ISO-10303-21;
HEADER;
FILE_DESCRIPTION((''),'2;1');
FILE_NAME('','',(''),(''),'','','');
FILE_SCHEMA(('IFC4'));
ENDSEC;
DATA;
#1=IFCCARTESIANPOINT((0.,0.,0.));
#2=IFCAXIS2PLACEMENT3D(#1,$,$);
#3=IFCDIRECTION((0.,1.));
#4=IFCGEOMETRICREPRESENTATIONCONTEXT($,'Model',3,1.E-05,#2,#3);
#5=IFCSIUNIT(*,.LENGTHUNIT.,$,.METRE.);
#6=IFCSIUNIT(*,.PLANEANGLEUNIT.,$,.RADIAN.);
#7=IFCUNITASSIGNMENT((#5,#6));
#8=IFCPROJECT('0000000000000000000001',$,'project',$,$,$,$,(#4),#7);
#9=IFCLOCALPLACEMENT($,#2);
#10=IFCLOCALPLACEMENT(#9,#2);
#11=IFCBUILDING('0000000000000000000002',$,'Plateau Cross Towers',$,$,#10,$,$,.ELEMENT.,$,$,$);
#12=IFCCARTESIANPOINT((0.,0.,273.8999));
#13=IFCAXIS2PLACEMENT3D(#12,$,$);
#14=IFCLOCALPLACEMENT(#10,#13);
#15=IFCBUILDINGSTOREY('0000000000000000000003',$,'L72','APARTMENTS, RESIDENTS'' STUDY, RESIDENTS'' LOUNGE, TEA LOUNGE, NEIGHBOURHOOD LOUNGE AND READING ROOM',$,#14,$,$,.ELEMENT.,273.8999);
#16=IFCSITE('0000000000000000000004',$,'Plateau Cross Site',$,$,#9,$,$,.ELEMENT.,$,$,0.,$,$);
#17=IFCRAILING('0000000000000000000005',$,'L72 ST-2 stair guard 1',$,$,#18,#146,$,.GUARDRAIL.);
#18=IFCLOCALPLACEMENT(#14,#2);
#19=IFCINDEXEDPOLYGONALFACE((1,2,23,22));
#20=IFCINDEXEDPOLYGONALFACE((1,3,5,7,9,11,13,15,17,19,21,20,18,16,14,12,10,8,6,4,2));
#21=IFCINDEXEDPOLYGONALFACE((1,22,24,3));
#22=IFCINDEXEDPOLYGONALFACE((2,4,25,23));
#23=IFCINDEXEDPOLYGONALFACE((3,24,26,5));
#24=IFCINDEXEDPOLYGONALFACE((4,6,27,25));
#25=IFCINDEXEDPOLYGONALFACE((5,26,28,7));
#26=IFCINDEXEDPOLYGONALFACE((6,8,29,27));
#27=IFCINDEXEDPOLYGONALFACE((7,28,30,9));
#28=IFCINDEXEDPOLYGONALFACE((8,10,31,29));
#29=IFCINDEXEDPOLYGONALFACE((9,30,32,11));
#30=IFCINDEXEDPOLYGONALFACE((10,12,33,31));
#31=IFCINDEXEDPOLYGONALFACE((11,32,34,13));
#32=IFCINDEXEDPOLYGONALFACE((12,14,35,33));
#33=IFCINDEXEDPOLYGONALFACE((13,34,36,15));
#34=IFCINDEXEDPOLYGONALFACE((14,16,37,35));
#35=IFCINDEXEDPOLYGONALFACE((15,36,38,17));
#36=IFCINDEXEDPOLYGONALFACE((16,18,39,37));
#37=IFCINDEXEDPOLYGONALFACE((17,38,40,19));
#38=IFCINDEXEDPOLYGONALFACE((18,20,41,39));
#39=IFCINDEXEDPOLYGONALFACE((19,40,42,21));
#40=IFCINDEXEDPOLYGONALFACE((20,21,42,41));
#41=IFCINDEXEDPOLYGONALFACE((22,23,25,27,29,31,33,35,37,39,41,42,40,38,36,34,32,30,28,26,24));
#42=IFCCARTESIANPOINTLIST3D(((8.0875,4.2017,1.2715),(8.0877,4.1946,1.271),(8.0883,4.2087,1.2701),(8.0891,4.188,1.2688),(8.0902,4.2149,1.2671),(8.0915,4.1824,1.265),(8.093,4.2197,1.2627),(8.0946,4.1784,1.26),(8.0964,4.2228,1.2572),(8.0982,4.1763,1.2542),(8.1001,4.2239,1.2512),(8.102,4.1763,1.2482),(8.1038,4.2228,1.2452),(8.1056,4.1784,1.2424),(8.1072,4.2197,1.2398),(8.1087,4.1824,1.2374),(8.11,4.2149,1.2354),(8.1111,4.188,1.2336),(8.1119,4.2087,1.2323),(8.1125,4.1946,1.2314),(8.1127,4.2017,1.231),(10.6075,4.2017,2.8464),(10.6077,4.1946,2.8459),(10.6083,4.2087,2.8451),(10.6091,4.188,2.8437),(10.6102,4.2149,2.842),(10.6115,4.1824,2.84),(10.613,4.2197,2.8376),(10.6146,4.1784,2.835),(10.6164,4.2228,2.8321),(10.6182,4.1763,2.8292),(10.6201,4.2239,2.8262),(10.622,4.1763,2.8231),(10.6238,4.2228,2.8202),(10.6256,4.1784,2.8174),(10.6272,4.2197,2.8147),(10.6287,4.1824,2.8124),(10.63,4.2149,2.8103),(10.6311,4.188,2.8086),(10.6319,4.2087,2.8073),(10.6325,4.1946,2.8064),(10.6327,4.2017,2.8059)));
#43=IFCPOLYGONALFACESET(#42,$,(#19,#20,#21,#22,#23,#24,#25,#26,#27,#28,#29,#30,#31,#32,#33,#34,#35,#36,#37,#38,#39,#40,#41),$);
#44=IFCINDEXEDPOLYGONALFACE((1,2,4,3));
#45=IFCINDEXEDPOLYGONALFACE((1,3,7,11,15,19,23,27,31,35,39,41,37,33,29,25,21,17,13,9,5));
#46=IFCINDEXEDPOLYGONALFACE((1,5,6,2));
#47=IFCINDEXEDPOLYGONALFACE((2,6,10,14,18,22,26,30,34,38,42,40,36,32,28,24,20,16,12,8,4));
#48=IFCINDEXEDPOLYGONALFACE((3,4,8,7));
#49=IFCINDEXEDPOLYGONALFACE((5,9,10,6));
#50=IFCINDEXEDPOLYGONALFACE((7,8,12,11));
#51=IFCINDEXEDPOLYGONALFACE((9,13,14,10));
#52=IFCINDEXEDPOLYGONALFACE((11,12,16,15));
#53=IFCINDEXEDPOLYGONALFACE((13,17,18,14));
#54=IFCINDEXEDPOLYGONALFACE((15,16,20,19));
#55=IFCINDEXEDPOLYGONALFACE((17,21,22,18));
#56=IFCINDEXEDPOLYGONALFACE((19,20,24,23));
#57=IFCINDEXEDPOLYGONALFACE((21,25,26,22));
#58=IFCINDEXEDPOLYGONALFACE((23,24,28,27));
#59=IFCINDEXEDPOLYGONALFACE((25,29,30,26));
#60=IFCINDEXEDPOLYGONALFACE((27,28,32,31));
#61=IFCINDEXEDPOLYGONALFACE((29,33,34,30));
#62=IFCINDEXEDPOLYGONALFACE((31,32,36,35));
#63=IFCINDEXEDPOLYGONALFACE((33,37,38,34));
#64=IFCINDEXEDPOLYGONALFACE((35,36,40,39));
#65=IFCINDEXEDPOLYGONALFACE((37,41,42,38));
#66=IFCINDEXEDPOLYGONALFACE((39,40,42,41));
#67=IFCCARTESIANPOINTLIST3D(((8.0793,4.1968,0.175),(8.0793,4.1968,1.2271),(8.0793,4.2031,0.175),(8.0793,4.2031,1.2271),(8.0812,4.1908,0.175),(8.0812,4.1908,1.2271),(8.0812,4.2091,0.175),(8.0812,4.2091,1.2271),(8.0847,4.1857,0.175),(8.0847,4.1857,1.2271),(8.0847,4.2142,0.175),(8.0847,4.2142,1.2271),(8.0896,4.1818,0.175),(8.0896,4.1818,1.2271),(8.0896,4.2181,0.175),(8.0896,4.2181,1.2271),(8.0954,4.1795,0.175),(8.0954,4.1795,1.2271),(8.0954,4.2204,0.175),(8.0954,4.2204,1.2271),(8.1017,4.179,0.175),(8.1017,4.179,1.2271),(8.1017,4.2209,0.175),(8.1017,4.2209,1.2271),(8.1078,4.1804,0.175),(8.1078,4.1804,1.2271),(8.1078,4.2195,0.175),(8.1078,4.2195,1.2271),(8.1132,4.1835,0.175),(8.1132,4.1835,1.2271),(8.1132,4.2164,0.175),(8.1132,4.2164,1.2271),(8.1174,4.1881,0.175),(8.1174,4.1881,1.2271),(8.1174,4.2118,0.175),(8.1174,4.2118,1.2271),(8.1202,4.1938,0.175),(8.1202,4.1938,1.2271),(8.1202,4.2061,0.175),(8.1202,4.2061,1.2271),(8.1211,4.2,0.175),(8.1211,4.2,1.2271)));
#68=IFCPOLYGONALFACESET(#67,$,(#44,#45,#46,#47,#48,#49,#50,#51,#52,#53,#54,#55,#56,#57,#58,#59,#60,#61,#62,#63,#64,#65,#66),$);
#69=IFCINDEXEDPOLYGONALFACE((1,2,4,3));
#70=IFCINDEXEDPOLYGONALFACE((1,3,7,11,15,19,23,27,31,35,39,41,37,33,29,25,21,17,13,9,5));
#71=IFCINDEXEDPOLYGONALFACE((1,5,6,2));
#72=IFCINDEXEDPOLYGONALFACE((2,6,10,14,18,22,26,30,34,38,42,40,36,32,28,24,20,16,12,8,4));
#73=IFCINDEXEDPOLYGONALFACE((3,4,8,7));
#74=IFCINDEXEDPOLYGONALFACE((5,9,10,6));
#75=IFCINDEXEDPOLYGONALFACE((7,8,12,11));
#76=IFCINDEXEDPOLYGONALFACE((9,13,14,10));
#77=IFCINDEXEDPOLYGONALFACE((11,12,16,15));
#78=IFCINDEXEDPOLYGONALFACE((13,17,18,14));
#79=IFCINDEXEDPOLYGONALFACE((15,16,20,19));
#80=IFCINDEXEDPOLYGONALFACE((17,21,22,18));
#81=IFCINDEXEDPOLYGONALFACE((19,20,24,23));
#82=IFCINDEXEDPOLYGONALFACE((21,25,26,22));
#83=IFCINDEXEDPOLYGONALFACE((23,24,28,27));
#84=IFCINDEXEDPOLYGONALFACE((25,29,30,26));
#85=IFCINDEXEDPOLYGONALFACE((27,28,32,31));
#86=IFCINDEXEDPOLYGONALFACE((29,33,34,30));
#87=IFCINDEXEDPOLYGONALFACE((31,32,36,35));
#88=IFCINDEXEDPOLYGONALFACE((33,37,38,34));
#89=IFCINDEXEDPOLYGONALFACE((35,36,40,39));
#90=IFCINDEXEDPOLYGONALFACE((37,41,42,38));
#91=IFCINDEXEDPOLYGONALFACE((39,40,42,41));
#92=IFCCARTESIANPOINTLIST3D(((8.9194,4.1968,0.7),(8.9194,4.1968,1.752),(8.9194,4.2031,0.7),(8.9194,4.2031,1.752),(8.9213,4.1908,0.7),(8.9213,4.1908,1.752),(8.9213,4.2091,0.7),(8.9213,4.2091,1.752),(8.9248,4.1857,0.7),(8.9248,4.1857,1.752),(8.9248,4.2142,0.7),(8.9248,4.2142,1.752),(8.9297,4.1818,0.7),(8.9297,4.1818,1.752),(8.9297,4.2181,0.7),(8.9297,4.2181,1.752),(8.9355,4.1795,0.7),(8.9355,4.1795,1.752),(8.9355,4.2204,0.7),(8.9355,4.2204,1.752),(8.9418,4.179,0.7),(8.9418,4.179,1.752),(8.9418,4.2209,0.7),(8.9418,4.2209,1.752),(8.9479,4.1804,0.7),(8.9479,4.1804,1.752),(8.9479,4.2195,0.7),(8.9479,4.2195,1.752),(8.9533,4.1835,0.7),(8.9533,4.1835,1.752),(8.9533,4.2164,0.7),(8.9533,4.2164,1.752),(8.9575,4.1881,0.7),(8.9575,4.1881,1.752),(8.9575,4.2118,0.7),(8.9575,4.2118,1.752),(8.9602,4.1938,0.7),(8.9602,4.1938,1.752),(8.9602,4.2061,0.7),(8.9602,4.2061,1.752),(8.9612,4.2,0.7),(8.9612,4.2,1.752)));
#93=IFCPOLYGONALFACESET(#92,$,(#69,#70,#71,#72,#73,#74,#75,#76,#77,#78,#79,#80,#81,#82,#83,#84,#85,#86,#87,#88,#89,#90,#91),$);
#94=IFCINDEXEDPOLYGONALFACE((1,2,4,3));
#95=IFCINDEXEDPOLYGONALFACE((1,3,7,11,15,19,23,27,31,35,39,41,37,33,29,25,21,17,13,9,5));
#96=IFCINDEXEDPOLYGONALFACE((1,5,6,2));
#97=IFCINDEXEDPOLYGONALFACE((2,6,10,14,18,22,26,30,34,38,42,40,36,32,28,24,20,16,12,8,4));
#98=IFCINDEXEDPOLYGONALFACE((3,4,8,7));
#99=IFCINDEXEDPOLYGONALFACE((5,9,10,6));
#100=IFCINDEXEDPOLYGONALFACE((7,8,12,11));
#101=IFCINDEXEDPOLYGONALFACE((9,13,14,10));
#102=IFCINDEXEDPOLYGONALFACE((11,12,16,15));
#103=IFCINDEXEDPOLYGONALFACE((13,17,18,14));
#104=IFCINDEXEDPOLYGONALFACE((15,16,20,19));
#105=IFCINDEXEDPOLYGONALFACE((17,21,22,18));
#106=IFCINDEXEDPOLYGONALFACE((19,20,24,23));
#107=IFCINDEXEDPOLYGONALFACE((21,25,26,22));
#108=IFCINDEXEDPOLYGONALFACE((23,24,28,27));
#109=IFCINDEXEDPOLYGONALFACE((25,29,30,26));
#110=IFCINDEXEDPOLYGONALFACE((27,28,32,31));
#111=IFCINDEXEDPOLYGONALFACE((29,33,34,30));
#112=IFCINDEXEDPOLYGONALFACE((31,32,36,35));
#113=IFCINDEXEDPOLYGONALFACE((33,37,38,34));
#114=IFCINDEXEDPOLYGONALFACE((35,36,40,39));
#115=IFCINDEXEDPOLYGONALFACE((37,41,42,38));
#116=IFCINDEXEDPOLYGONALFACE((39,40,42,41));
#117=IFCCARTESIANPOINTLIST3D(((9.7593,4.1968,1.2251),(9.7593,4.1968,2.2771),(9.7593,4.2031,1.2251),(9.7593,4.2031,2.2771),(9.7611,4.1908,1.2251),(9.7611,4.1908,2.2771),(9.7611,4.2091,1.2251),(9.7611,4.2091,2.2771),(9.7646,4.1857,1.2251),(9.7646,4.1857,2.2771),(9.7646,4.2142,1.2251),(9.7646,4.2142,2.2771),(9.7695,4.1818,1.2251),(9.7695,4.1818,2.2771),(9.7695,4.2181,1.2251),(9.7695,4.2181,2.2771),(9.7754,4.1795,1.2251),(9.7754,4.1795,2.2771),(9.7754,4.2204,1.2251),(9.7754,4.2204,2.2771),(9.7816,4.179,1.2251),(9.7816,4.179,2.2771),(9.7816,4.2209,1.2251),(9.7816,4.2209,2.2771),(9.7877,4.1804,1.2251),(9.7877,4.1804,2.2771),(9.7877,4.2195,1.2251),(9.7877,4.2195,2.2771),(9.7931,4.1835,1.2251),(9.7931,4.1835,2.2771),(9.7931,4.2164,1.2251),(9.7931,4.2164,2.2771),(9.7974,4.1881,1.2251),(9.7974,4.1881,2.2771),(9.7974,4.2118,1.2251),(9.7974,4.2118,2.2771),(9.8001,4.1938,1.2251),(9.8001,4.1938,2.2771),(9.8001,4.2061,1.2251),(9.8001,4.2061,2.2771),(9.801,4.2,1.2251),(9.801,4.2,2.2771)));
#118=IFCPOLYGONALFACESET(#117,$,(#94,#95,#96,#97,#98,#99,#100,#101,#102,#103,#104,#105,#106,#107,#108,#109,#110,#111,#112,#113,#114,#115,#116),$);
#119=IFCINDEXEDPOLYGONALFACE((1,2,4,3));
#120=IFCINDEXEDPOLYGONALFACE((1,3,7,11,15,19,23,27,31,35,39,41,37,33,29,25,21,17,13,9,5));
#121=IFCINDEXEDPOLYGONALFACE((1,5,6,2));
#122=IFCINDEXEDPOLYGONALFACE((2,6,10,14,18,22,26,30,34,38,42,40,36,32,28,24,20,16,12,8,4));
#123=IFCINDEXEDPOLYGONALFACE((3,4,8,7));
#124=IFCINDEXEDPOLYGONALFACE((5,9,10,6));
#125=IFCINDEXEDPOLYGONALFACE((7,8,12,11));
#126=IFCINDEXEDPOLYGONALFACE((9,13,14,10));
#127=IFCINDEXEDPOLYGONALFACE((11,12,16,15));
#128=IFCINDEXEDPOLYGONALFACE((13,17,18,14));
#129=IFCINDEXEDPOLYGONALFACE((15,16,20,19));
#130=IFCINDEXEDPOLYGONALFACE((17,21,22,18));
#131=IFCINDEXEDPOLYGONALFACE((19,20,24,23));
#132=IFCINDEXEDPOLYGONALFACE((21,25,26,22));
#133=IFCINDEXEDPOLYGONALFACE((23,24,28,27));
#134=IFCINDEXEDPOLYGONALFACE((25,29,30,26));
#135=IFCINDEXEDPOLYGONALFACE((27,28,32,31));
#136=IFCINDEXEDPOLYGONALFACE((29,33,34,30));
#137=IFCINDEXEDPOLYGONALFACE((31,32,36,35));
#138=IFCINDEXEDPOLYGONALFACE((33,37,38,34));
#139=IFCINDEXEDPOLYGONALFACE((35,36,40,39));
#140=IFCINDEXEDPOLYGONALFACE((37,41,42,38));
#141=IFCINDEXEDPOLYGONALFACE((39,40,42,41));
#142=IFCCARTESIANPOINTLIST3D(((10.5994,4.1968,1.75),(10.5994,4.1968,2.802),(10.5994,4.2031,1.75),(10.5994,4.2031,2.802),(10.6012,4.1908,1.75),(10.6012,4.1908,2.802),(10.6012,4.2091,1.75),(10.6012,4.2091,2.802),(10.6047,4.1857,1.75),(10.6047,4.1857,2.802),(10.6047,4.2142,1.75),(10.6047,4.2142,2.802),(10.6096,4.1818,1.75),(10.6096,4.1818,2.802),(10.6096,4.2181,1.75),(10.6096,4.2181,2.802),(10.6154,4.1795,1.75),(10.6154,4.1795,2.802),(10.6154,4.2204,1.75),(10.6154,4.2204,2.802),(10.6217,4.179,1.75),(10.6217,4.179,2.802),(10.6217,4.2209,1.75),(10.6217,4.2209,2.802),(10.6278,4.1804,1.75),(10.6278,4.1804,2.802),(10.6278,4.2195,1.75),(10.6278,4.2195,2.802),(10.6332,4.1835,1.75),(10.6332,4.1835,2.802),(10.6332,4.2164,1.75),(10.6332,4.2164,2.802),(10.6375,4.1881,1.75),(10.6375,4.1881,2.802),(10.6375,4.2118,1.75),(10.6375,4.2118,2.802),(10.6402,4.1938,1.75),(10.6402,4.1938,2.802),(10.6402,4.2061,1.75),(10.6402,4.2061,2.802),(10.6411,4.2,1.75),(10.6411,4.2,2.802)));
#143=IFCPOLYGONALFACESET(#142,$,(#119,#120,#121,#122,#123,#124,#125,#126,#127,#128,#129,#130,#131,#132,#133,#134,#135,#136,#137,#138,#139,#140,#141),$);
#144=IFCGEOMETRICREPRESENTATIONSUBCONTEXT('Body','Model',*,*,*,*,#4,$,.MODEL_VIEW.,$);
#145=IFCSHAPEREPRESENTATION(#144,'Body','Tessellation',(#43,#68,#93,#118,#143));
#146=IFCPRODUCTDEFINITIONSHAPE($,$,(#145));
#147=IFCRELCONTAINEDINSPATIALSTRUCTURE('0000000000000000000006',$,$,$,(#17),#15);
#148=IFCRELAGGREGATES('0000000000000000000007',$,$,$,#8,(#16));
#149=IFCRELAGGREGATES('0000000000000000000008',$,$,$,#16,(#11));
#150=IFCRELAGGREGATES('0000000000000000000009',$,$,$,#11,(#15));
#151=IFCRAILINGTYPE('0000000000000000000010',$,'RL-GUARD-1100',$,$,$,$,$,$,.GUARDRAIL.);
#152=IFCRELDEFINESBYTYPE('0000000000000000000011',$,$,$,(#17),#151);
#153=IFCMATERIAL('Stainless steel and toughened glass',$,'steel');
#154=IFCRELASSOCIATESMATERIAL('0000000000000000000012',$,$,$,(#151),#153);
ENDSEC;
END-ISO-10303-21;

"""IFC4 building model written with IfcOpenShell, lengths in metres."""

from ifc_helpers import new_model, si_unit, direction, frame, origin, origin_2d, place, context, subcontext, project, spatial, circle, extrude, material, type_object, element, save


model = new_model("IFC4")

# Units and contexts
model_context = context("Model", 3, precision=1e-05, world=origin(), true_north=direction((0.0, 1.0)))
body_context = subcontext(model_context, "Body", "Model", "MODEL_VIEW")
ifc_project = project(units=[si_unit("LENGTHUNIT", "METRE"), si_unit("PLANEANGLEUNIT", "RADIAN")], contexts=[model_context])

# Site, building, storey
site_placement = place(None, origin())
site = spatial("IfcSite", under=ifc_project, at=site_placement, Name="Plateau Cross Site", CompositionType="ELEMENT", RefElevation=0.0)
building_placement = place(site_placement, origin())
building = spatial("IfcBuilding", under=site, at=building_placement, Name="Plateau Cross Towers", CompositionType="ELEMENT")
storey_placement = place(building_placement, frame((0.0, 0.0, 273.8999)))
storey = spatial("IfcBuildingStorey", under=building, at=storey_placement, Name="L72", Description="APARTMENTS, RESIDENTS' STUDY, RESIDENTS' LOUNGE, TEA LOUNGE, NEIGHBOURHOOD LOUNGE AND READING ROOM", CompositionType="ELEMENT", Elevation=273.8999)

# Railing
ifc_material_1 = material(Name="Stainless steel and toughened glass", Category="steel")
railing_type_1 = type_object("IfcRailingType", Name="RL-GUARD-1100", PredefinedType="GUARDRAIL", material=ifc_material_1)
railing_1_placement = place(storey_placement, frame((8.1001, 4.2, 0.175)))
element("IfcRailing", 1, at=railing_1_placement, inside=storey, type_object=railing_type_1, Name="L72 ST-2 stair guard 1", PredefinedType="GUARDRAIL", context=body_context, shape_type="SweptSolid", body=[
    extrude(circle(Radius=0.0239, at=origin_2d()), frame((0.0, 0.0, 1.0762), z_axis=(0.848008, 0.0, 0.529984), x_axis=(0.0, 1.0, 0.0)), (0.0, 0.0, 1.0), 2.9717),
    extrude(circle(Radius=0.021, at=origin_2d()), origin(), (0.0, 0.0, 1.0), 1.052),
    extrude(circle(Radius=0.021, at=origin_2d()), frame((0.8401, 0.0, 0.5249)), (0.0, 0.0, 1.0), 1.052),
    extrude(circle(Radius=0.021, at=origin_2d()), frame((1.6799, 0.0, 1.05)), (0.0, 0.0, 1.0), 1.052),
    extrude(circle(Radius=0.021, at=origin_2d()), frame((2.52, 0.0, 1.575)), (0.0, 0.0, 1.0), 1.052),
])

save(model, "model.ifc")
